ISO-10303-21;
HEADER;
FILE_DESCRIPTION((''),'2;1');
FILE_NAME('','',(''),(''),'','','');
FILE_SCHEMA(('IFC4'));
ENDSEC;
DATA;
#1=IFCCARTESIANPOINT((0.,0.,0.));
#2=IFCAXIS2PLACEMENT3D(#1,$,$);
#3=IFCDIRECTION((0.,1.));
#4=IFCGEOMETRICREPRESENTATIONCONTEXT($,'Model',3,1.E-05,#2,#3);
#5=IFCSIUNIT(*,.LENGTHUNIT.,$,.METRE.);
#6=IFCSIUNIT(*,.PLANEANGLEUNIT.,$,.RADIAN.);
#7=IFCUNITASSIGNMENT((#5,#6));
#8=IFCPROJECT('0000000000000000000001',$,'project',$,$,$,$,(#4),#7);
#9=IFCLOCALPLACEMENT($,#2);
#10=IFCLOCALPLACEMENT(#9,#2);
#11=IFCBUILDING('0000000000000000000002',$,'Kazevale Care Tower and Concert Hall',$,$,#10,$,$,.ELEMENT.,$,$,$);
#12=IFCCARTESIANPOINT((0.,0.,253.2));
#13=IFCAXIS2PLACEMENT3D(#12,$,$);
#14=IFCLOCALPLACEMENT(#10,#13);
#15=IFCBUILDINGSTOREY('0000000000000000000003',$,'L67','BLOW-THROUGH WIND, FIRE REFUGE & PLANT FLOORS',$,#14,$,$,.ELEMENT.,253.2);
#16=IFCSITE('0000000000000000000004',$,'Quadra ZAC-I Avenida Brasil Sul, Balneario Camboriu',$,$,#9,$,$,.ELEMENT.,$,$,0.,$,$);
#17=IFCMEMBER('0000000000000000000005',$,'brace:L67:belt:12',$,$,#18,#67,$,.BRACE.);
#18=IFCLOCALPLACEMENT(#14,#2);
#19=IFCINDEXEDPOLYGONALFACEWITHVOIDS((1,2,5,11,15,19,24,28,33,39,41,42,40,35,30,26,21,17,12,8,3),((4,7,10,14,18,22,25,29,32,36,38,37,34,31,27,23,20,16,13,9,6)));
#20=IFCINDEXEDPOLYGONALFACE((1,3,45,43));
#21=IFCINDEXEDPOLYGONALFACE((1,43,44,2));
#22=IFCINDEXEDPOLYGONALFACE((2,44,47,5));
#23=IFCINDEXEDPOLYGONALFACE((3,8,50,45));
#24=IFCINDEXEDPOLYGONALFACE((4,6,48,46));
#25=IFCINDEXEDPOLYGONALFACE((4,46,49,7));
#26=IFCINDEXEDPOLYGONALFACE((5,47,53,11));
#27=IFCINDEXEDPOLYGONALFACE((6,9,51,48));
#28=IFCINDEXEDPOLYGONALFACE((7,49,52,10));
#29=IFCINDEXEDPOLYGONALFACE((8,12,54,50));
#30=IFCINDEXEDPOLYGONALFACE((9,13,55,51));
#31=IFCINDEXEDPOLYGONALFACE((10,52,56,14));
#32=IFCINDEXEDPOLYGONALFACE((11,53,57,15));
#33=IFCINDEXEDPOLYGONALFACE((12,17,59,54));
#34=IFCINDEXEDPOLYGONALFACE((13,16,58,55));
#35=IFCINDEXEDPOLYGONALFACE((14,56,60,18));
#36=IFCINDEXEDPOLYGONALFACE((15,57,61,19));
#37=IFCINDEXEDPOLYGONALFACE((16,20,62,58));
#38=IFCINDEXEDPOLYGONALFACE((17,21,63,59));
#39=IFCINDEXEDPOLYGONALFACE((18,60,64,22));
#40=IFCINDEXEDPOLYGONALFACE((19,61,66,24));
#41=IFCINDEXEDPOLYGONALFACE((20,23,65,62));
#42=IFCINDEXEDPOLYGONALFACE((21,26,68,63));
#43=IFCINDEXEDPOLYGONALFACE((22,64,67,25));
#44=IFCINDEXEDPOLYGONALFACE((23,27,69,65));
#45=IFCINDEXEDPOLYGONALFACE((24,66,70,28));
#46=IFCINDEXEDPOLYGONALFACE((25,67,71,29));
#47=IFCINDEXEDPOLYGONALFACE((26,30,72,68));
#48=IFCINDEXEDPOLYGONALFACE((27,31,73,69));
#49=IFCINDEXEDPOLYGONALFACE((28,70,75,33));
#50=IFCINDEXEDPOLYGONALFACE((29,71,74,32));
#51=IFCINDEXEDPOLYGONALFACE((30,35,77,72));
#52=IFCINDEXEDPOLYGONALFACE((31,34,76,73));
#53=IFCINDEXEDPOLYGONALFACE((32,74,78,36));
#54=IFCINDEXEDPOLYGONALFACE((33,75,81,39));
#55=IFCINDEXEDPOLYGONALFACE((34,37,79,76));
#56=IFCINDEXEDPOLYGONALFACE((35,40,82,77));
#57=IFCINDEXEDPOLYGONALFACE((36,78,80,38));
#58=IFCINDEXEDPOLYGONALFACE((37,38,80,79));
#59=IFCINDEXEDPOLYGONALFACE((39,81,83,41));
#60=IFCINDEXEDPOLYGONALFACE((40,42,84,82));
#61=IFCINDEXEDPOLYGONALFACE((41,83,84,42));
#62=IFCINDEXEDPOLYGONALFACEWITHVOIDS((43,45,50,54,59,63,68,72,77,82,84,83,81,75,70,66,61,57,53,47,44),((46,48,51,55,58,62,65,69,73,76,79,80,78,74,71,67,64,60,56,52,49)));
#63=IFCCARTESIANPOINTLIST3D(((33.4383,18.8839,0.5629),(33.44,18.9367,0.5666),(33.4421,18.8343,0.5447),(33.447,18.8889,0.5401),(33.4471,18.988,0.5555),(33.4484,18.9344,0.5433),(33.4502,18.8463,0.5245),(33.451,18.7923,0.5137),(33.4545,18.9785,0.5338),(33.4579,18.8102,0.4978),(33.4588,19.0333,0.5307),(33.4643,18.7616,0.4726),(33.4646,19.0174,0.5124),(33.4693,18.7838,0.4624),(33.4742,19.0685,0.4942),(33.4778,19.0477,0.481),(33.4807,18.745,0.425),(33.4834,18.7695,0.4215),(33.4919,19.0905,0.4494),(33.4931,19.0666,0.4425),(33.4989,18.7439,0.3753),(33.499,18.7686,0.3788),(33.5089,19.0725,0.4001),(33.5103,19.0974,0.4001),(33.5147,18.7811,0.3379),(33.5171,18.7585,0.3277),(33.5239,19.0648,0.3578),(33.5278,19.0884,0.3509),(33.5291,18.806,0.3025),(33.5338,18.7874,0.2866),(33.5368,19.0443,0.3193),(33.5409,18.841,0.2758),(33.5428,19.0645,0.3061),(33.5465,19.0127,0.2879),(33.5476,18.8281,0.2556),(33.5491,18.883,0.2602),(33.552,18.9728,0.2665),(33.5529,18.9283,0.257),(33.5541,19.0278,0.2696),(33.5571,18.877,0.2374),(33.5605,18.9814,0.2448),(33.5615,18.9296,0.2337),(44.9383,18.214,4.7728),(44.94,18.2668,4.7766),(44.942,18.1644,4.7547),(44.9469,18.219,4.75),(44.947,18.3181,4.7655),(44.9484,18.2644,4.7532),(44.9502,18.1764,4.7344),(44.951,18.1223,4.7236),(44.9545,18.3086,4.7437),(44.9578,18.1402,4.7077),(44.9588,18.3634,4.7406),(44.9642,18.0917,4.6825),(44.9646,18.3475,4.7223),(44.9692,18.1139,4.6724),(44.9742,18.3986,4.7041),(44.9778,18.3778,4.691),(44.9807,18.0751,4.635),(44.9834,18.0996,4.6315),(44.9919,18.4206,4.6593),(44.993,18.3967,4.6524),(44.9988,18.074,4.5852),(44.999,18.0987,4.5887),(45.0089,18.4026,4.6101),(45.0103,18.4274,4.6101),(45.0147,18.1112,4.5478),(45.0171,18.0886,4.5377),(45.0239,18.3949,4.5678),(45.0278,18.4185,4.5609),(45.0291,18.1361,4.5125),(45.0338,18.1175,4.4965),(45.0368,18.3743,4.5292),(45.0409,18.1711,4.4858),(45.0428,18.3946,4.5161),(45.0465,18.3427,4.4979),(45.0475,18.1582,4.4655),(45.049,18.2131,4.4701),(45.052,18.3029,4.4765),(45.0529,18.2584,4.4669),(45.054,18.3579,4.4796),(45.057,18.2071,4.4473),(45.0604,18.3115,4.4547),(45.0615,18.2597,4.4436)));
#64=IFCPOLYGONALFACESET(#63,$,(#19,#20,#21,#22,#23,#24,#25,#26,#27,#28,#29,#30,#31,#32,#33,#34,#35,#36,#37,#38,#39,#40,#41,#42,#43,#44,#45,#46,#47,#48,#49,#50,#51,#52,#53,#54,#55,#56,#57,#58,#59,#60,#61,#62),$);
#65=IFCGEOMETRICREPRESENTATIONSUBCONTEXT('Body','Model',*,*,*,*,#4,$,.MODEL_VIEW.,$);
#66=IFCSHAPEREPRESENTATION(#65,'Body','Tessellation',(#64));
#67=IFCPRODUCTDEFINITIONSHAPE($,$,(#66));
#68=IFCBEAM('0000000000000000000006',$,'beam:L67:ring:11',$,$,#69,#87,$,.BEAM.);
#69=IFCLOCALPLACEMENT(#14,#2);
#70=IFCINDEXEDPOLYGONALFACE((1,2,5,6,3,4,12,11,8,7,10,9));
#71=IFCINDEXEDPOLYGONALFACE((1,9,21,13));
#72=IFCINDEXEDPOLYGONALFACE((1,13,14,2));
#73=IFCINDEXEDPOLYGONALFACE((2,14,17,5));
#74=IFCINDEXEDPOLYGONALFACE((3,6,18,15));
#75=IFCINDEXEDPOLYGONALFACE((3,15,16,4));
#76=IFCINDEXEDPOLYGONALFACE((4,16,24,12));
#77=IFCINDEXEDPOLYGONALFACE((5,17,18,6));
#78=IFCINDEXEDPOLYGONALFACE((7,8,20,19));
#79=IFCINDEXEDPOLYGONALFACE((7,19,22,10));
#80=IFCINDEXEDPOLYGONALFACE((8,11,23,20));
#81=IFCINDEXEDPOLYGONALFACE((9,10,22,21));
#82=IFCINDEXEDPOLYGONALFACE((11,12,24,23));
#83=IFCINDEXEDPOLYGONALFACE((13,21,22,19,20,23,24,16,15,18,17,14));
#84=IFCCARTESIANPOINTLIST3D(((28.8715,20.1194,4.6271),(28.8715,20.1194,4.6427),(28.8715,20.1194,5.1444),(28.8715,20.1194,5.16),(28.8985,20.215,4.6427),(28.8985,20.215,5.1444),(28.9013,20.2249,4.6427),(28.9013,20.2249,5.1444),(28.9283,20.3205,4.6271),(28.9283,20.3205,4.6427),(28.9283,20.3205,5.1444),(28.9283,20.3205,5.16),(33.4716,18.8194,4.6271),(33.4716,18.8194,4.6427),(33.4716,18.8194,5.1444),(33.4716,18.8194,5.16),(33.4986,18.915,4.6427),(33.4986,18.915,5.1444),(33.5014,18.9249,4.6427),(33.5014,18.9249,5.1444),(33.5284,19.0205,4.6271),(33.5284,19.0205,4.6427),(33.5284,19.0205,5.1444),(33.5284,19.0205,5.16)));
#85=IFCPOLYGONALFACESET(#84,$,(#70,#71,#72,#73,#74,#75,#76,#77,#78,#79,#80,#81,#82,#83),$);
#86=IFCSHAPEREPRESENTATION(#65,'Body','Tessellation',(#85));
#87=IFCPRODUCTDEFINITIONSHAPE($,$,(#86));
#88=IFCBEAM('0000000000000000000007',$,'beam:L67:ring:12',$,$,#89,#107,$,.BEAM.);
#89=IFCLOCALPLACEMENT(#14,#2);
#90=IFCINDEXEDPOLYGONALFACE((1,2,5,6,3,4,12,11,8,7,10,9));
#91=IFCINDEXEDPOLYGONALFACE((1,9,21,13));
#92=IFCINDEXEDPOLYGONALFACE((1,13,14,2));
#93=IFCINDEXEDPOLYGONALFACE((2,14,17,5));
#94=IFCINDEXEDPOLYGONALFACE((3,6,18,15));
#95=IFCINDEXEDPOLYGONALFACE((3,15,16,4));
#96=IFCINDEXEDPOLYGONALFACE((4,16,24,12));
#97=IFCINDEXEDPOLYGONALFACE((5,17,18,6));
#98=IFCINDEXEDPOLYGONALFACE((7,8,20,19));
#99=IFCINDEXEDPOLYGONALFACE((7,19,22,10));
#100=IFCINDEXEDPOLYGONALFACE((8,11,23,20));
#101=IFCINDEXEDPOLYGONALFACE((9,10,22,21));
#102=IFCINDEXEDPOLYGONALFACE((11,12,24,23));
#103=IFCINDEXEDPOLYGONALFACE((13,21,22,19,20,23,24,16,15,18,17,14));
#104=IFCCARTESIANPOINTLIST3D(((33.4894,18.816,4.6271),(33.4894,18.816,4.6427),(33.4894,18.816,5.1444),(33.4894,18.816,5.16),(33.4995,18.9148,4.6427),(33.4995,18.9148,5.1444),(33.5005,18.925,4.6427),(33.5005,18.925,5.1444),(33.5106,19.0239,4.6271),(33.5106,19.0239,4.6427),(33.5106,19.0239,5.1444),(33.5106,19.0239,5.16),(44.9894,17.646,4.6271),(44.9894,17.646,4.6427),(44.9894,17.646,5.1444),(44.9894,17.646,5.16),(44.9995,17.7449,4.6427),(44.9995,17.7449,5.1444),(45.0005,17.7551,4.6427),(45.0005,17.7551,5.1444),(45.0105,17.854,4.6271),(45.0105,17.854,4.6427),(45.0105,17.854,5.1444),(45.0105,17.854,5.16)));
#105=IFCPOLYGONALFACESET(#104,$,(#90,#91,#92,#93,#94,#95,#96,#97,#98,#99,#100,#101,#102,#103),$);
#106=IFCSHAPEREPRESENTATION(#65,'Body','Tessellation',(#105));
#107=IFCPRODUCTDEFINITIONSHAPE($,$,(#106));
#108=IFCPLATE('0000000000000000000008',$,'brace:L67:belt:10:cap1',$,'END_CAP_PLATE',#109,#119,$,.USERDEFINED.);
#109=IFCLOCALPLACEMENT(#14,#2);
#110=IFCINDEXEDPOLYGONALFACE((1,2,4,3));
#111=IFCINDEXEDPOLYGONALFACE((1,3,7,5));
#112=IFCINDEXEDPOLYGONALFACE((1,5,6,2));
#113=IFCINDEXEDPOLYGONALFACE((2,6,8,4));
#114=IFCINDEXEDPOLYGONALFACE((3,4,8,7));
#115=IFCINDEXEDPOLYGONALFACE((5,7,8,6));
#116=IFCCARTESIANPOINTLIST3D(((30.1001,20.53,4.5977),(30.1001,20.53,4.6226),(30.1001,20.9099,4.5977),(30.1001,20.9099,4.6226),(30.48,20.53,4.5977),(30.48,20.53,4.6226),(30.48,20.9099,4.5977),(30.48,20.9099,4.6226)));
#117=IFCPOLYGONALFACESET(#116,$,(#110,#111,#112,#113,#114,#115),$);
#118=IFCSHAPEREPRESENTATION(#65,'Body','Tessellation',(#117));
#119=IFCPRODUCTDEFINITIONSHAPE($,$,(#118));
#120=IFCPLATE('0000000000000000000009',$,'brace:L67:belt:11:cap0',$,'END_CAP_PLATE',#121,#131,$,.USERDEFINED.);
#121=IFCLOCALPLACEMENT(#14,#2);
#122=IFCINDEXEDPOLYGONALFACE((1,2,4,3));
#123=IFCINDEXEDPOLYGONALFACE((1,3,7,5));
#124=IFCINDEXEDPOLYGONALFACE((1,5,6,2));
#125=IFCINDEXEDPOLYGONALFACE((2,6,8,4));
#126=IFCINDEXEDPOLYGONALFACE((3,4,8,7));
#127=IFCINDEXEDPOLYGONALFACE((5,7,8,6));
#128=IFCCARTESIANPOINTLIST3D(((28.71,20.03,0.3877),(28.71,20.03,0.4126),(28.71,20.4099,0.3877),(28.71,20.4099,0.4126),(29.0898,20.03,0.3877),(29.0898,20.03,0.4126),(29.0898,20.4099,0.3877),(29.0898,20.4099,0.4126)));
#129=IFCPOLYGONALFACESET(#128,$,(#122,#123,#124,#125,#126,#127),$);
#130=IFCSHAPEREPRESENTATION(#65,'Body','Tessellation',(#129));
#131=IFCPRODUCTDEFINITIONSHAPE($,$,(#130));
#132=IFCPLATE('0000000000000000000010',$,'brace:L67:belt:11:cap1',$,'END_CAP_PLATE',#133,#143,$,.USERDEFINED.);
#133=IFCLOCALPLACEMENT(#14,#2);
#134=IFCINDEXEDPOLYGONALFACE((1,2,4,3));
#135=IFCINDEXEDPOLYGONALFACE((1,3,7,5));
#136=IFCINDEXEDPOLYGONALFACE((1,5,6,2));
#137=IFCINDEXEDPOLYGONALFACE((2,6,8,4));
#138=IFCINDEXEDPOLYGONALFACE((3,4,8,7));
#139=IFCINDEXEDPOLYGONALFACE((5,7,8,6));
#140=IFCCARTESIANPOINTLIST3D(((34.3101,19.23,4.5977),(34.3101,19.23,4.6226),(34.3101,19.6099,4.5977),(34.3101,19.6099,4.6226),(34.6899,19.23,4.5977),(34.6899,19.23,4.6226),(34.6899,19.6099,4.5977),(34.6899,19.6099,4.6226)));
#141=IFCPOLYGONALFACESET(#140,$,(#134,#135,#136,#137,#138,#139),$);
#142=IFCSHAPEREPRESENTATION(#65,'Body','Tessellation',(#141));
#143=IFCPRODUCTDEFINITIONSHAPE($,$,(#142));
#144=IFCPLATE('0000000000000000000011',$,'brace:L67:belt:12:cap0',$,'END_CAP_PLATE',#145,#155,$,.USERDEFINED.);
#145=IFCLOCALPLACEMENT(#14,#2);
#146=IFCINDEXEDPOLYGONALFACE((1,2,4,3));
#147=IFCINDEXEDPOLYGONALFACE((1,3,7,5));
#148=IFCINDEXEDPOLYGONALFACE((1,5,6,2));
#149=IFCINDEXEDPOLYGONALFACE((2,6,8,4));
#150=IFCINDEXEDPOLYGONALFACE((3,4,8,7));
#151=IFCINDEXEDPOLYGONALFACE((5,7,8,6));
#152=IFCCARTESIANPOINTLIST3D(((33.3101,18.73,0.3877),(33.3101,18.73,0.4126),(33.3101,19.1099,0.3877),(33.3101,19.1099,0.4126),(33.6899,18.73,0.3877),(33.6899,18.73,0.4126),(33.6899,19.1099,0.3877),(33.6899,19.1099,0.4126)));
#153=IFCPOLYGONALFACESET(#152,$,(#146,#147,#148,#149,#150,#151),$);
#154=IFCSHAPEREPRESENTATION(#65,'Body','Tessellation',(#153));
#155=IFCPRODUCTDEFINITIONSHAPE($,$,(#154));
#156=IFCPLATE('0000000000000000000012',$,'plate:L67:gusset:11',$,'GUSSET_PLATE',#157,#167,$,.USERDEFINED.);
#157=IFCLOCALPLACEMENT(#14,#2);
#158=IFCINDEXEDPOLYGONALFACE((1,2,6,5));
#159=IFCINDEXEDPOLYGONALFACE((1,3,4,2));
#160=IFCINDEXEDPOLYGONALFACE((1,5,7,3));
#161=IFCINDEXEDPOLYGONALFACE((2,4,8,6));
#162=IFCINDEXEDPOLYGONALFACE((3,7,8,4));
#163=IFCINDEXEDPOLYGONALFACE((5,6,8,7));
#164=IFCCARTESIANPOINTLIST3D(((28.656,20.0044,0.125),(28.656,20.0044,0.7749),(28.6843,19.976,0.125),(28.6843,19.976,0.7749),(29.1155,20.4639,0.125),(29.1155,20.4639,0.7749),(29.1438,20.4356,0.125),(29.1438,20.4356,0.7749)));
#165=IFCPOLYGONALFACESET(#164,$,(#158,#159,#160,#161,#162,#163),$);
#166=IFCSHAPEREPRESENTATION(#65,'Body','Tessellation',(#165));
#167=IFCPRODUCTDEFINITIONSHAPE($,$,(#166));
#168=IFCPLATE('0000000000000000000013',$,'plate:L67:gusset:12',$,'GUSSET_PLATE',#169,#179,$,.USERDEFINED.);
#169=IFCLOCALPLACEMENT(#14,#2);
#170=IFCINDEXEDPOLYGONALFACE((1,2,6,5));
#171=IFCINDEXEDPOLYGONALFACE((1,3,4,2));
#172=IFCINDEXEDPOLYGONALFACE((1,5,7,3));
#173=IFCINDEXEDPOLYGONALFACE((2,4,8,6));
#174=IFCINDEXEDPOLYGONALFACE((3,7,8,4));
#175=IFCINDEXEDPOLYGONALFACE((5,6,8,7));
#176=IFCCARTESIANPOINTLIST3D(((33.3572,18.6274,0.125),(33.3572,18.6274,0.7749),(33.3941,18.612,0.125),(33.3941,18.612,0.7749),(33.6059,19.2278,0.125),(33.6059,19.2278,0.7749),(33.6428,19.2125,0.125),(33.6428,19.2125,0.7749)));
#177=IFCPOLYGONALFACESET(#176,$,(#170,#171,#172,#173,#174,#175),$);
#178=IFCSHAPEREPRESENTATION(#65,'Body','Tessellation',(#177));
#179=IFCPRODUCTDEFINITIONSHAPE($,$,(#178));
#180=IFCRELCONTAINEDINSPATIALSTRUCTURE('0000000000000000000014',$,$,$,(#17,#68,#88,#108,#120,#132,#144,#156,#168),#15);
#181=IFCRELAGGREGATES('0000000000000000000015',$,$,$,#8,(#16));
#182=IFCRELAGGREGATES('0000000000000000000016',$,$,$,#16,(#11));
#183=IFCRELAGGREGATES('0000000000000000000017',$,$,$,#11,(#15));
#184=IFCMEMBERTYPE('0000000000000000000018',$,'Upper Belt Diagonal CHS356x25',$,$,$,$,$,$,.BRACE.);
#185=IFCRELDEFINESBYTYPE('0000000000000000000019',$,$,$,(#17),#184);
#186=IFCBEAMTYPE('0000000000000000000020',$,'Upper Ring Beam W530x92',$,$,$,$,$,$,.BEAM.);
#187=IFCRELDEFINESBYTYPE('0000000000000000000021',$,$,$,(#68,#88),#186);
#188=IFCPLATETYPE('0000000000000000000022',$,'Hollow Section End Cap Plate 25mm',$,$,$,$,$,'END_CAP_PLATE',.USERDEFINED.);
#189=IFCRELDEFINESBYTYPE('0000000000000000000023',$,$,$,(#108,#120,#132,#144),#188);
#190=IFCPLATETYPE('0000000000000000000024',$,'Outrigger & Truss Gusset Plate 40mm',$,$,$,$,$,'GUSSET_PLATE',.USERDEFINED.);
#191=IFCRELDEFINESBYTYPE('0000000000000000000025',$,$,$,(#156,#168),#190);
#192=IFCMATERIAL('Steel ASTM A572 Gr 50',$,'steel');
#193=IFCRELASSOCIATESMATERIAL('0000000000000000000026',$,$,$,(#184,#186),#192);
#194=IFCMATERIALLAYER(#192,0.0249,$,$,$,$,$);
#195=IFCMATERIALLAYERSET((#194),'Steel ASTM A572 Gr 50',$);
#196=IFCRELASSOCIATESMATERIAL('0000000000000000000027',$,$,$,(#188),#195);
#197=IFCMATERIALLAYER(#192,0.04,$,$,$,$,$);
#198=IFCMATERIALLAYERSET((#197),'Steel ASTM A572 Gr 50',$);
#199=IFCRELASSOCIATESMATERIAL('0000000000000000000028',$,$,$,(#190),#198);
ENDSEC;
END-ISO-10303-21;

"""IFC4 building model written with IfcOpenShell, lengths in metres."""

from ifc_helpers import new_model, si_unit, direction, frame, origin, origin_2d, place, context, subcontext, project, spatial, rectangle, hollow_circle, i_section, extrude, material, layer, layer_set, material_profile, profile_set, type_object, element, save


model = new_model("IFC4")

# Units and contexts
model_context = context("Model", 3, precision=1e-05, world=origin(), true_north=direction((0.0, 1.0)))
body_context = subcontext(model_context, "Body", "Model", "MODEL_VIEW")
ifc_project = project(units=[si_unit("LENGTHUNIT", "METRE"), si_unit("PLANEANGLEUNIT", "RADIAN")], contexts=[model_context])

# Site, building, storey
site_placement = place(None, origin())
site = spatial("IfcSite", under=ifc_project, at=site_placement, Name="Quadra ZAC-I Avenida Brasil Sul, Balneario Camboriu", CompositionType="ELEMENT", RefElevation=0.0)
building_placement = place(site_placement, origin())
building = spatial("IfcBuilding", under=site, at=building_placement, Name="Kazevale Care Tower and Concert Hall", CompositionType="ELEMENT")
storey_placement = place(building_placement, frame((0.0, 0.0, 253.2)))
storey = spatial("IfcBuildingStorey", under=building, at=storey_placement, Name="L67", Description="BLOW-THROUGH WIND, FIRE REFUGE & PLANT FLOORS", CompositionType="ELEMENT", Elevation=253.2)

# Shared definitions
ifc_material_1 = material(Name="Steel ASTM A572 Gr 50", Category="steel")

# Member
ifc_material_profile_1 = material_profile(ifc_material_1, hollow_circle(Radius=0.1777, WallThickness=0.0249, at=origin_2d()), Name="CHS356x25")
ifc_profile_set_1 = profile_set([ifc_material_profile_1], Name="Steel ASTM A572 Gr 50")
member_type = type_object("IfcMemberType", Name="Upper Belt Diagonal CHS356x25", PredefinedType="BRACE", material=ifc_profile_set_1)
member_1_placement = place(storey_placement, frame((33.5, 18.9199, 0.4001), z_axis=(0.937651, -0.054622, 0.343259), x_axis=(0.058155, 0.998308, 0.0)))
element("IfcMember", 1, at=member_1_placement, inside=storey, type_object=member_type, Name="brace:L67:belt:12", PredefinedType="BRACE", context=body_context, shape_type="SweptSolid", body=[
    extrude(hollow_circle(Radius=0.1777, WallThickness=0.0249, at=origin_2d()), origin(), (0.0, 0.0, 1.0), 12.2646),
])

# Beams
ifc_material_profile_2 = material_profile(ifc_material_1, i_section(OverallWidth=0.209, OverallDepth=0.533, WebThickness=0.0103, FlangeThickness=0.0156, at=origin_2d()), Name="W530x92")
ifc_profile_set_2 = profile_set([ifc_material_profile_2], Name="Steel ASTM A572 Gr 50")
beam_type_1 = type_object("IfcBeamType", Name="Upper Ring Beam W530x92", PredefinedType="BEAM", material=ifc_profile_set_2)
beam_1_placement = place(storey_placement, frame((28.8999, 20.22, 4.8936), z_axis=(0.962308, -0.271961, 0.0), x_axis=(0.271961, 0.962308, 0.0)))
element("IfcBeam", 2, at=beam_1_placement, inside=storey, type_object=beam_type_1, Name="beam:L67:ring:11", PredefinedType="BEAM", context=body_context, shape_type="SweptSolid", body=[
    extrude(i_section(OverallWidth=0.209, OverallDepth=0.533, WebThickness=0.0103, FlangeThickness=0.0156, at=origin_2d()), origin(), (0.0, 0.0, 1.0), 4.7803),
])
beam_2_placement = place(storey_placement, frame((33.5, 18.9199, 4.8936), z_axis=(0.994865, -0.10121, 0.0), x_axis=(0.10121, 0.994865, 0.0)))
element("IfcBeam", 3, at=beam_2_placement, inside=storey, type_object=beam_type_1, Name="beam:L67:ring:12", PredefinedType="BEAM", context=body_context, shape_type="SweptSolid", body=[
    extrude(i_section(OverallWidth=0.209, OverallDepth=0.533, WebThickness=0.0103, FlangeThickness=0.0156, at=origin_2d()), origin(), (0.0, 0.0, 1.0), 11.5593),
])

# Plates
ifc_layer_1 = layer(ifc_material_1, 0.0249)
ifc_layer_set_1 = layer_set([ifc_layer_1], Name="Steel ASTM A572 Gr 50")
plate_type_1 = type_object("IfcPlateType", Name="Hollow Section End Cap Plate 25mm", ElementType="END_CAP_PLATE", PredefinedType="USERDEFINED", material=ifc_layer_set_1)
for number, where, z_axis, x_axis, name in (
    (4, (30.29, 20.72, 4.5977), (0.0, 0.0, 1.0), (1.0, 0.0, 0.0), "brace:L67:belt:10:cap1"),
    (5, (28.8999, 20.22, 0.3877), (0.0, 0.0, 1.0), (1.0, 0.0, 0.0), "brace:L67:belt:11:cap0"),
    (6, (34.5, 19.4199, 4.5977), (0.0, 0.0, 1.0), (1.0, 0.0, 0.0), "brace:L67:belt:11:cap1"),
    (7, (33.5, 18.9199, 0.3877), (0.0, 0.0, 1.0), (1.0, 0.0, 0.0), "brace:L67:belt:12:cap0"),
):
    element("IfcPlate", number, at=place(storey_placement, frame(where, z_axis=z_axis, x_axis=x_axis)), inside=storey, type_object=plate_type_1, Name=name, ObjectType="END_CAP_PLATE", PredefinedType="USERDEFINED", context=body_context, shape_type="SweptSolid", body=[
        extrude(rectangle(XDim=0.3799, YDim=0.3799, at=origin_2d()), origin(), (0.0, 0.0, 1.0), 0.0249),
    ])
ifc_layer_2 = layer(ifc_material_1, 0.04)
ifc_layer_set_2 = layer_set([ifc_layer_2], Name="Steel ASTM A572 Gr 50")
plate_type_2 = type_object("IfcPlateType", Name="Outrigger & Truss Gusset Plate 40mm", ElementType="GUSSET_PLATE", PredefinedType="USERDEFINED", material=ifc_layer_set_2)
for number, where, z_axis, x_axis, name in (
    (8, (28.8999, 20.22, 0.125), (0.0, 0.0, 1.0), (-0.707107, -0.707107, 0.0), "plate:L67:gusset:11"),
    (9, (33.5, 18.9199, 0.125), (0.0, 0.0, 1.0), (-0.382683, -0.92388, 0.0), "plate:L67:gusset:12"),
):
    element("IfcPlate", number, at=place(storey_placement, frame(where, z_axis=z_axis, x_axis=x_axis)), inside=storey, type_object=plate_type_2, Name=name, ObjectType="GUSSET_PLATE", PredefinedType="USERDEFINED", context=body_context, shape_type="SweptSolid", body=[
        extrude(rectangle(XDim=0.6499, YDim=0.04, at=origin_2d()), origin(), (0.0, 0.0, 1.0), 0.6499),
    ])

save(model, "model.ifc")
